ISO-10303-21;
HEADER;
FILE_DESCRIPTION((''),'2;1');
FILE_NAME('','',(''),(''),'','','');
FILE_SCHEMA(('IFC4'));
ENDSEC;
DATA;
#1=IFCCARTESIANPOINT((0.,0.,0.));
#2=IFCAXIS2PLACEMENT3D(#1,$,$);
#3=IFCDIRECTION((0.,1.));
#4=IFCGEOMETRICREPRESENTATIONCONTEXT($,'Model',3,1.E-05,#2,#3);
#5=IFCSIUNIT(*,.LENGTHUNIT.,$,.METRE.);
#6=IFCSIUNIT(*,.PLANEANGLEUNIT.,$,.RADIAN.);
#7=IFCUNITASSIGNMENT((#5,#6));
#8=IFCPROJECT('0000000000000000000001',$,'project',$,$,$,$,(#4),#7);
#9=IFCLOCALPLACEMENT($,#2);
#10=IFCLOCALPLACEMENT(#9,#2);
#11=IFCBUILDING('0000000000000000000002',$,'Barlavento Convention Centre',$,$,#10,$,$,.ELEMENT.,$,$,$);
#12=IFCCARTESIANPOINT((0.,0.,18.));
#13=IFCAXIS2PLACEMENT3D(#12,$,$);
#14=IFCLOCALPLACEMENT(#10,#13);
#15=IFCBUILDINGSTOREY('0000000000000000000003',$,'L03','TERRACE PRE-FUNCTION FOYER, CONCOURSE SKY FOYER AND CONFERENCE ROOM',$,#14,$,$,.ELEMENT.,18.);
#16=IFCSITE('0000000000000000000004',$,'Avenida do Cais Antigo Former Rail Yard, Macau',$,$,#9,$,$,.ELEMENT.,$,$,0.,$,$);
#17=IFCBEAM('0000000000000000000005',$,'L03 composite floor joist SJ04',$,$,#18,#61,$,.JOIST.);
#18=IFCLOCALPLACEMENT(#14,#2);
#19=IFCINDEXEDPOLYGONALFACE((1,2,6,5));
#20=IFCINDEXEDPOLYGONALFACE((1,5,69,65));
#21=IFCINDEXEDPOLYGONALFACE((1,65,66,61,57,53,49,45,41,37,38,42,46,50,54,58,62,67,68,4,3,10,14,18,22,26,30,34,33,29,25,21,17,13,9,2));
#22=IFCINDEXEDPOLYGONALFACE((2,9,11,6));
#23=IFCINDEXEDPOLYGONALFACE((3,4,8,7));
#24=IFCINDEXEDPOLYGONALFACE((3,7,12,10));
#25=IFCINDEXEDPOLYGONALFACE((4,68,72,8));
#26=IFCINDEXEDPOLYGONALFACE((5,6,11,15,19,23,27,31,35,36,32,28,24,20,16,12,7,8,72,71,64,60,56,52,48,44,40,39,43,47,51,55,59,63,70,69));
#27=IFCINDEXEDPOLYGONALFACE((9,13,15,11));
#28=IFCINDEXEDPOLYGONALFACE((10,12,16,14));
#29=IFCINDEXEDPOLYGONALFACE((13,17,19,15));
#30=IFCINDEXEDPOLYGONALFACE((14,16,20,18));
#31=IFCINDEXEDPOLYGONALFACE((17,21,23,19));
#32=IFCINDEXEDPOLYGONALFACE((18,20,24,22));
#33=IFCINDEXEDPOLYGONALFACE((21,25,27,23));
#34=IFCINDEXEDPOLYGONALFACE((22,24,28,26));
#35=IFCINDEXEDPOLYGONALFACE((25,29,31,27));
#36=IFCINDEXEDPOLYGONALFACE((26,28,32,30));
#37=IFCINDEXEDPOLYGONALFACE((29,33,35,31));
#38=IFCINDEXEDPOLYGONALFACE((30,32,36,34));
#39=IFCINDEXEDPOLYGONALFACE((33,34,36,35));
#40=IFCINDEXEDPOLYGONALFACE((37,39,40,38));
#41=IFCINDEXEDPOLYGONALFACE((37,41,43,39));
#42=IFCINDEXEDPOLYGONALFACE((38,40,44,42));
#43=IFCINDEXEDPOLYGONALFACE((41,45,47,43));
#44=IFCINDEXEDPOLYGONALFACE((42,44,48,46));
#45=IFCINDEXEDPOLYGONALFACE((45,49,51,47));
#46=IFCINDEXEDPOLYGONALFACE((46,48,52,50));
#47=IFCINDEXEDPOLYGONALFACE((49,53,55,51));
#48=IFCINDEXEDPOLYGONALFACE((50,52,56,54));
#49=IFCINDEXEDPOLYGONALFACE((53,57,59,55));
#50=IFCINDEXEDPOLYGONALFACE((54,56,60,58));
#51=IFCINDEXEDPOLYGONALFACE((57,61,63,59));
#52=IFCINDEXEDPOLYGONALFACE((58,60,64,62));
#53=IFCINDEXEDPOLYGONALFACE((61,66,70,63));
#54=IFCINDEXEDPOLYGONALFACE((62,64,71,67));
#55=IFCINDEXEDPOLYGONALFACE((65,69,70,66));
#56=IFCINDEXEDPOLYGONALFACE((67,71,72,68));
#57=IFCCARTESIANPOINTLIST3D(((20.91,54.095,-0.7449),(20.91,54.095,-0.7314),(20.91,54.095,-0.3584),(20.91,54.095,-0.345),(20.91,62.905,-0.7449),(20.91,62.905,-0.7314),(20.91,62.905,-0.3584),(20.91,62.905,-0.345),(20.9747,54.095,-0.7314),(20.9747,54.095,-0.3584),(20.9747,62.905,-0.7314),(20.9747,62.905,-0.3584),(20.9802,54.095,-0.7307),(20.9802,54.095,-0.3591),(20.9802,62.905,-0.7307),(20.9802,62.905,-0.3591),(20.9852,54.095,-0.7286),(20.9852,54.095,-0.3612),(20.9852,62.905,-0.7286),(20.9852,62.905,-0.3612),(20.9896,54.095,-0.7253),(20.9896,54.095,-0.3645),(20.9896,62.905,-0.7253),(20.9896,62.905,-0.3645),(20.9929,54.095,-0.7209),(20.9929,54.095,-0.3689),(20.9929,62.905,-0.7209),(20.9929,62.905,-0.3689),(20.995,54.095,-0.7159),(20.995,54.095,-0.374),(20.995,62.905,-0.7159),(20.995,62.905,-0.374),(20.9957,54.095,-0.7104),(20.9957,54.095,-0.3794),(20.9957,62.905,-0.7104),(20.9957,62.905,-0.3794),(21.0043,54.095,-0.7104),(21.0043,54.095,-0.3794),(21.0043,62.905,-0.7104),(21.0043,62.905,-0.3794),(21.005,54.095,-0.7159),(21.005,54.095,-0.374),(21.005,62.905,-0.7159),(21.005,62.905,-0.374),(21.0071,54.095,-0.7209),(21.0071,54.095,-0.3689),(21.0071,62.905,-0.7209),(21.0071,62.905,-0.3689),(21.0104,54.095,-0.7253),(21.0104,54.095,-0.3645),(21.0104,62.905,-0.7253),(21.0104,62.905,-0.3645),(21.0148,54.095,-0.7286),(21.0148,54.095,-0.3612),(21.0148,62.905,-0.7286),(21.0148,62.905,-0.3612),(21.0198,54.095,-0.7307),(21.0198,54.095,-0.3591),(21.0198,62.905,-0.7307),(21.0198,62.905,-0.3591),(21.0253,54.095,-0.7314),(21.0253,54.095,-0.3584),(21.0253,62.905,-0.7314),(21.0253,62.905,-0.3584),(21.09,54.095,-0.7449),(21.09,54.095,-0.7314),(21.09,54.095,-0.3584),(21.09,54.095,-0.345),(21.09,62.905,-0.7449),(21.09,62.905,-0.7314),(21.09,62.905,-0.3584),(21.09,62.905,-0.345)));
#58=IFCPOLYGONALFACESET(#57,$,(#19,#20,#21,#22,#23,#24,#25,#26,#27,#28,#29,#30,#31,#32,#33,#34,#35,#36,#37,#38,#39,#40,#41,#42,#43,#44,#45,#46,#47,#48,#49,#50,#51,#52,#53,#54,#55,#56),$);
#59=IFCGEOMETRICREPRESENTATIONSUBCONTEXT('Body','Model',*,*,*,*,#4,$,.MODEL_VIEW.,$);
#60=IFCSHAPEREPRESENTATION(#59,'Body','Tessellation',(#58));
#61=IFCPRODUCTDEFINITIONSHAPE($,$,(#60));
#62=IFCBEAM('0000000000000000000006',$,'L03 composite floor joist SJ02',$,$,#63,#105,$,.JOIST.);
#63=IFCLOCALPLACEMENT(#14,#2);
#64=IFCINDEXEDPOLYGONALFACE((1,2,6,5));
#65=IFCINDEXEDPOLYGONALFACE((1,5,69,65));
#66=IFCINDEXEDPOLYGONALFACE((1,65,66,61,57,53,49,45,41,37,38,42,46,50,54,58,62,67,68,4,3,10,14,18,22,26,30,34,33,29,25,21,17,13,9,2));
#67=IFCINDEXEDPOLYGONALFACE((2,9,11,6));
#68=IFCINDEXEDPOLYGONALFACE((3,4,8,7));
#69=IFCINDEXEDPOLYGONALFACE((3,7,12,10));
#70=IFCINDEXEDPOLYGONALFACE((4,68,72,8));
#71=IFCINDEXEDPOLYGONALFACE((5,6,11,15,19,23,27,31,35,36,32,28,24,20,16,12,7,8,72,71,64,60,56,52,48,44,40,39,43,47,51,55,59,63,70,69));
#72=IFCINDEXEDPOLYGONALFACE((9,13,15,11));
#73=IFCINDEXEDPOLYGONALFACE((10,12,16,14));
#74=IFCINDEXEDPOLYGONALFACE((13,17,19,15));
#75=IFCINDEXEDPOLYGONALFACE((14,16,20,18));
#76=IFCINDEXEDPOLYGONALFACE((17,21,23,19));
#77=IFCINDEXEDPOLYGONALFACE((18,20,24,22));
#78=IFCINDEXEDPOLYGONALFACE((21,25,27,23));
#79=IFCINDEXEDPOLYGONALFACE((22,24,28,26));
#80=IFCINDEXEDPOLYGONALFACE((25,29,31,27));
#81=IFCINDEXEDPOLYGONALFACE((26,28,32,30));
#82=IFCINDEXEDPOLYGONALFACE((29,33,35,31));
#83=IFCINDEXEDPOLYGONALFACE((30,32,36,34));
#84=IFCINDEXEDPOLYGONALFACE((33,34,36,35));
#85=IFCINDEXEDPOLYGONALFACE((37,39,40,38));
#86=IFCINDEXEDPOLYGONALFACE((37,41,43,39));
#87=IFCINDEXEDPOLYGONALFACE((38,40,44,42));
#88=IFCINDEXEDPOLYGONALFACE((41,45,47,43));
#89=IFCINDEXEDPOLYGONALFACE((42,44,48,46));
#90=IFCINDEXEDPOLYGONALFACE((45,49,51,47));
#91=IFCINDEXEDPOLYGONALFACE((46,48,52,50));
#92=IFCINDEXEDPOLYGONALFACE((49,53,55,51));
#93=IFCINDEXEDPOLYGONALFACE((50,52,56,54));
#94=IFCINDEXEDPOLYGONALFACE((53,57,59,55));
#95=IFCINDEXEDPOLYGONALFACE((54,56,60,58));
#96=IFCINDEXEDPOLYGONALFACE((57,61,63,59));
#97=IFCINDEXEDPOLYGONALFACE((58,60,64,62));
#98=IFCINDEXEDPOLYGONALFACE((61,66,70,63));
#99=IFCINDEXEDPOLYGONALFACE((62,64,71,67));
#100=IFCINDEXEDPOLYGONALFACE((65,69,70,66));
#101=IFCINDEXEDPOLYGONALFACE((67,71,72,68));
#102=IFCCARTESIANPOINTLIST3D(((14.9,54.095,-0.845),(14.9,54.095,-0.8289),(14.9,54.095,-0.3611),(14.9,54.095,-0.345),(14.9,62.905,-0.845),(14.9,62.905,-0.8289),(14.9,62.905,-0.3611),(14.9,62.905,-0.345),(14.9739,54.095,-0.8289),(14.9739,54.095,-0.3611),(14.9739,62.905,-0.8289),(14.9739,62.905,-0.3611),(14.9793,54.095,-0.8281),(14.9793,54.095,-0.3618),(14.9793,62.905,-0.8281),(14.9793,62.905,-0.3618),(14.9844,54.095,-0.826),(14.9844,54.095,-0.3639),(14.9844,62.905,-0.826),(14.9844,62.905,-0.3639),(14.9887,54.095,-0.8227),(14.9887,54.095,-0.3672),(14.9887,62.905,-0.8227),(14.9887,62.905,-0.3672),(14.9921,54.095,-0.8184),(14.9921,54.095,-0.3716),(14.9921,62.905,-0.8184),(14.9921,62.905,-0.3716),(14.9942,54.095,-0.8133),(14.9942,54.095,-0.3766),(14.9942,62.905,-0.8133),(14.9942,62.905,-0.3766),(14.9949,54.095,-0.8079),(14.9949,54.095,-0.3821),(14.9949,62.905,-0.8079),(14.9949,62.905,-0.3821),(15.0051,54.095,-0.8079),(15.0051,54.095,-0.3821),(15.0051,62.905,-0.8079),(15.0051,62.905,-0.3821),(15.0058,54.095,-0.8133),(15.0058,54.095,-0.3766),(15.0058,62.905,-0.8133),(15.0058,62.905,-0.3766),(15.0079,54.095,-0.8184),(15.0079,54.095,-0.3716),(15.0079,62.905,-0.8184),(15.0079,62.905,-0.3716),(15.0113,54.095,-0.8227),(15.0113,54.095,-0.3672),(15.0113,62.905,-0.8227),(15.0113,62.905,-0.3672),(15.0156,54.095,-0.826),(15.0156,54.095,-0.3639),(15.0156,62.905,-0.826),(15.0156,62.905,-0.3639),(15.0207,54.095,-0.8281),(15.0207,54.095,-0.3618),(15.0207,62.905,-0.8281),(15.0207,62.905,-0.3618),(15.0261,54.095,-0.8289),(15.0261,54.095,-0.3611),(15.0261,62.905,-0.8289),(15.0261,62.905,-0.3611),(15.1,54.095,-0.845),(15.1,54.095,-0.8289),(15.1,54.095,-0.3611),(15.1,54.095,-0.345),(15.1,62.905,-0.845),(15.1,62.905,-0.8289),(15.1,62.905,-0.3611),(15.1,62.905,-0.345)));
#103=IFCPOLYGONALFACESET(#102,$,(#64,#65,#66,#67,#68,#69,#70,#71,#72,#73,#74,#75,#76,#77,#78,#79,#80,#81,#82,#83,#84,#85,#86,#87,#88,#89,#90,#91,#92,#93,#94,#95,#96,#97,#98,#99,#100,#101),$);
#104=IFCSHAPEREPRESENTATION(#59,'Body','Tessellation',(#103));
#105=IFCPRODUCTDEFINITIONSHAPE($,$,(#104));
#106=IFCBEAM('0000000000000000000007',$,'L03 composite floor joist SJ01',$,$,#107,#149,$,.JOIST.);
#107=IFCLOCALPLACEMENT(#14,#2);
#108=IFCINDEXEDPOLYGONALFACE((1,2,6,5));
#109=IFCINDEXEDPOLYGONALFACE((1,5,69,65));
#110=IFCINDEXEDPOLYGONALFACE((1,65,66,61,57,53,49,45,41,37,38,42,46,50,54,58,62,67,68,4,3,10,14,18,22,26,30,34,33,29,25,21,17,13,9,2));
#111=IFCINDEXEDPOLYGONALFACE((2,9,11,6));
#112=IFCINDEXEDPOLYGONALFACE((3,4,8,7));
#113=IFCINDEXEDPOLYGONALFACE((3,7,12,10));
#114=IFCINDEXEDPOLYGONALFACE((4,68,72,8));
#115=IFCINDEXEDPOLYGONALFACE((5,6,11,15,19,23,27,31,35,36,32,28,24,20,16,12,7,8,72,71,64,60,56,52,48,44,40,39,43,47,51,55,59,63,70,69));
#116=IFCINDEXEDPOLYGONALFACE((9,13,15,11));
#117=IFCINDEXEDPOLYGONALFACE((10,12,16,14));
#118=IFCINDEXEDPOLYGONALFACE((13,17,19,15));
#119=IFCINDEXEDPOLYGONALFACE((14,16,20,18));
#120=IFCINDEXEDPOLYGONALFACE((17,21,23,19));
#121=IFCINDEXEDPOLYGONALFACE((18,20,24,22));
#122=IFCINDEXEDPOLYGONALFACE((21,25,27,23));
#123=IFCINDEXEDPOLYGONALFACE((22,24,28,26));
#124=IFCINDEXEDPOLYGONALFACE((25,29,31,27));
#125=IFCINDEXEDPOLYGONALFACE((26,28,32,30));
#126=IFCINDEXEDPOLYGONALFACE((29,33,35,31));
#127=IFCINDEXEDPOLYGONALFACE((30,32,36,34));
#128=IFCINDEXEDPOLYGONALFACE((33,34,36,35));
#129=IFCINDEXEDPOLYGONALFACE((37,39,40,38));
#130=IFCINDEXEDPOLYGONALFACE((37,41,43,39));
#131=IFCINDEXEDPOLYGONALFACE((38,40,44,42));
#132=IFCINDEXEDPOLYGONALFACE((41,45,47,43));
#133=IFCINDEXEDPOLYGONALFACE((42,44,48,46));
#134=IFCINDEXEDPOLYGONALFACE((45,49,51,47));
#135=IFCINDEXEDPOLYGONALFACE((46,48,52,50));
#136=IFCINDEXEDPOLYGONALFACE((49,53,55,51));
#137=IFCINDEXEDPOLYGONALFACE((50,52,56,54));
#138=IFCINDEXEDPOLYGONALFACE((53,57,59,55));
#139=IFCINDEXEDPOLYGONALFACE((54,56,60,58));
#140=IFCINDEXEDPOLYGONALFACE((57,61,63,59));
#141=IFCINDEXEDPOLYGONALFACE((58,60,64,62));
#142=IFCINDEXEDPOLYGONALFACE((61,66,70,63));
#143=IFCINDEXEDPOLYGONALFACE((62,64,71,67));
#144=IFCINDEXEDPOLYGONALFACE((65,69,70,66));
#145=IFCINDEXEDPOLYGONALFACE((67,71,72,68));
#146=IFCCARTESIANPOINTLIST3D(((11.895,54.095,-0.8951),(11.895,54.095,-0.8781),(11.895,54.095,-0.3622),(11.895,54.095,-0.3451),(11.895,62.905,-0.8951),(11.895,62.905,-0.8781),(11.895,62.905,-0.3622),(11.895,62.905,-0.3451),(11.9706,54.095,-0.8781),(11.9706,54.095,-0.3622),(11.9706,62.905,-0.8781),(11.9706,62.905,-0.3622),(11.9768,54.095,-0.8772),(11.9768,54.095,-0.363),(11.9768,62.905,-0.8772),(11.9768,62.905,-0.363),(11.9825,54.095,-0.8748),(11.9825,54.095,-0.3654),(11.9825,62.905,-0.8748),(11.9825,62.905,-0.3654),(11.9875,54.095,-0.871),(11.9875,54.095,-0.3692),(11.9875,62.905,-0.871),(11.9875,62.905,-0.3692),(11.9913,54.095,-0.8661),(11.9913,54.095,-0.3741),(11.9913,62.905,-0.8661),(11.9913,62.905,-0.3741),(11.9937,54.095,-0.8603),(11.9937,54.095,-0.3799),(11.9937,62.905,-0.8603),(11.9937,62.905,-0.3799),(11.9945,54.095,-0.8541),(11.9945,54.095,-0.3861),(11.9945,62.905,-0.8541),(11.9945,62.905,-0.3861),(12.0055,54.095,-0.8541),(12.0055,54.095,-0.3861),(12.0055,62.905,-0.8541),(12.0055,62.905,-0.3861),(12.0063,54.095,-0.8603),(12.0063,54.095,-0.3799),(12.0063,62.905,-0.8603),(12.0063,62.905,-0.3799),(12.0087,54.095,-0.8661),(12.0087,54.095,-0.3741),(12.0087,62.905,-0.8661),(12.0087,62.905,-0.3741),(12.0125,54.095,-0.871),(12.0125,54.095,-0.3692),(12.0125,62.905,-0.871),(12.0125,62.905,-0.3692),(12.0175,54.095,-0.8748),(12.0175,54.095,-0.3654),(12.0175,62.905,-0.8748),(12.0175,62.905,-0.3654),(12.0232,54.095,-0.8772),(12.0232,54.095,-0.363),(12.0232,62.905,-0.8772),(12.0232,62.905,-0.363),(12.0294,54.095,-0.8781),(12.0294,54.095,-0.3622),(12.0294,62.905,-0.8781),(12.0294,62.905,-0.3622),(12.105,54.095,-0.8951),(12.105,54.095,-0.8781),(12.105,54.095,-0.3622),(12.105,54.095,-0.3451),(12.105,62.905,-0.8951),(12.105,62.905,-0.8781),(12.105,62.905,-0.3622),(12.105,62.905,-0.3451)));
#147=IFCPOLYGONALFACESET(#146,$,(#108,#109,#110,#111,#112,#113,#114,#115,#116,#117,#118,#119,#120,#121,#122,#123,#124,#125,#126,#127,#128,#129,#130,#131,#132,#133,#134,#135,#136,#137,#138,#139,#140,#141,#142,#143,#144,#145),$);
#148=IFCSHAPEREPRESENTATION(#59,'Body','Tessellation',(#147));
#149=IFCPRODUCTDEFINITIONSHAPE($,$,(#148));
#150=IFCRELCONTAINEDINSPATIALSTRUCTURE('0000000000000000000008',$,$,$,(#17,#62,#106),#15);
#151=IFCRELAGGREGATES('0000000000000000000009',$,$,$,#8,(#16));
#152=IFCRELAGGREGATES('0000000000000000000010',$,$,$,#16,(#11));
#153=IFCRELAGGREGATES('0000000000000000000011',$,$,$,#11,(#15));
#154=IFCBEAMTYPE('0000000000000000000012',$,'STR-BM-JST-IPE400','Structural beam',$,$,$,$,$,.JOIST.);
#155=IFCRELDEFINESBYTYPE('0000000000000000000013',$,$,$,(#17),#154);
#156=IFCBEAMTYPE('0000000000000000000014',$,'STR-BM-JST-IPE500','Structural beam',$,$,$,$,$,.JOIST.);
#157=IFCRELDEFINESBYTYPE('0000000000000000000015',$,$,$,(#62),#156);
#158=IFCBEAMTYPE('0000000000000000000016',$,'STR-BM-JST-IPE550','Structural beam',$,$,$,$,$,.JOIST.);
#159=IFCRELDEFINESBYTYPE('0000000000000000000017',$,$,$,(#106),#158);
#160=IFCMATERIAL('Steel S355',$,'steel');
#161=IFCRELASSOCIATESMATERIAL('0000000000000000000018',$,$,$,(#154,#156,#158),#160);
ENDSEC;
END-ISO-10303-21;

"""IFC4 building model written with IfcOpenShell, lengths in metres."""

from ifc_helpers import new_model, si_unit, direction, frame, origin, origin_2d, place, context, subcontext, project, spatial, i_section, extrude, material, material_profile, profile_set, type_object, element, save


model = new_model("IFC4")

# Units and contexts
model_context = context("Model", 3, precision=1e-05, world=origin(), true_north=direction((0.0, 1.0)))
body_context = subcontext(model_context, "Body", "Model", "MODEL_VIEW")
ifc_project = project(units=[si_unit("LENGTHUNIT", "METRE"), si_unit("PLANEANGLEUNIT", "RADIAN")], contexts=[model_context])

# Site, building, storey
site_placement = place(None, origin())
site = spatial("IfcSite", under=ifc_project, at=site_placement, Name="Avenida do Cais Antigo Former Rail Yard, Macau", CompositionType="ELEMENT", RefElevation=0.0)
building_placement = place(site_placement, origin())
building = spatial("IfcBuilding", under=site, at=building_placement, Name="Barlavento Convention Centre", CompositionType="ELEMENT")
storey_placement = place(building_placement, frame((0.0, 0.0, 18.0)))
storey = spatial("IfcBuildingStorey", under=building, at=storey_placement, Name="L03", Description="TERRACE PRE-FUNCTION FOYER, CONCOURSE SKY FOYER AND CONFERENCE ROOM", CompositionType="ELEMENT", Elevation=18.0)

# Beams
ifc_material_1 = material(Name="Steel S355", Category="steel")
ifc_material_profile_1 = material_profile(ifc_material_1, i_section(OverallWidth=0.1799, OverallDepth=0.3999, WebThickness=0.0085, FlangeThickness=0.0134, FilletRadius=0.021, at=origin_2d()), Name="IPE 400")
ifc_profile_set_1 = profile_set([ifc_material_profile_1], Name="Steel S355")
beam_type_1 = type_object("IfcBeamType", Name="STR-BM-JST-IPE400", Description="Structural beam", PredefinedType="JOIST", material=ifc_profile_set_1)
beam_1_placement = place(storey_placement, frame((21.0, 54.095, -0.5449), z_axis=(0.0, 1.0, 0.0), x_axis=(-1.0, 0.0, 0.0)))
element("IfcBeam", 1, at=beam_1_placement, inside=storey, type_object=beam_type_1, Name="L03 composite floor joist SJ04", PredefinedType="JOIST", context=body_context, shape_type="SweptSolid", body=[
    extrude(i_section(OverallWidth=0.1799, OverallDepth=0.3999, WebThickness=0.0085, FlangeThickness=0.0134, FilletRadius=0.021, at=origin_2d()), origin(), (0.0, 0.0, 1.0), 8.8101),
])
ifc_material_profile_2 = material_profile(ifc_material_1, i_section(OverallWidth=0.2, OverallDepth=0.5, WebThickness=0.0103, FlangeThickness=0.0161, FilletRadius=0.021, at=origin_2d()), Name="IPE 500")
ifc_profile_set_2 = profile_set([ifc_material_profile_2], Name="Steel S355")
beam_type_2 = type_object("IfcBeamType", Name="STR-BM-JST-IPE500", Description="Structural beam", PredefinedType="JOIST", material=ifc_profile_set_2)
beam_2_placement = place(storey_placement, frame((15.0, 54.095, -0.595), z_axis=(0.0, 1.0, 0.0), x_axis=(-1.0, 0.0, 0.0)))
element("IfcBeam", 2, at=beam_2_placement, inside=storey, type_object=beam_type_2, Name="L03 composite floor joist SJ02", PredefinedType="JOIST", context=body_context, shape_type="SweptSolid", body=[
    extrude(i_section(OverallWidth=0.2, OverallDepth=0.5, WebThickness=0.0103, FlangeThickness=0.0161, FilletRadius=0.021, at=origin_2d()), origin(), (0.0, 0.0, 1.0), 8.8101),
])
ifc_material_profile_3 = material_profile(ifc_material_1, i_section(OverallWidth=0.21, OverallDepth=0.55, WebThickness=0.011, FlangeThickness=0.0171, FilletRadius=0.0239, at=origin_2d()), Name="IPE 550")
ifc_profile_set_3 = profile_set([ifc_material_profile_3], Name="Steel S355")
beam_type_3 = type_object("IfcBeamType", Name="STR-BM-JST-IPE550", Description="Structural beam", PredefinedType="JOIST", material=ifc_profile_set_3)
beam_3_placement = place(storey_placement, frame((12.0, 54.095, -0.6201), z_axis=(0.0, 1.0, 0.0), x_axis=(-1.0, 0.0, 0.0)))
element("IfcBeam", 3, at=beam_3_placement, inside=storey, type_object=beam_type_3, Name="L03 composite floor joist SJ01", PredefinedType="JOIST", context=body_context, shape_type="SweptSolid", body=[
    extrude(i_section(OverallWidth=0.21, OverallDepth=0.55, WebThickness=0.011, FlangeThickness=0.0171, FilletRadius=0.0239, at=origin_2d()), origin(), (0.0, 0.0, 1.0), 8.8101),
])

save(model, "model.ifc")
